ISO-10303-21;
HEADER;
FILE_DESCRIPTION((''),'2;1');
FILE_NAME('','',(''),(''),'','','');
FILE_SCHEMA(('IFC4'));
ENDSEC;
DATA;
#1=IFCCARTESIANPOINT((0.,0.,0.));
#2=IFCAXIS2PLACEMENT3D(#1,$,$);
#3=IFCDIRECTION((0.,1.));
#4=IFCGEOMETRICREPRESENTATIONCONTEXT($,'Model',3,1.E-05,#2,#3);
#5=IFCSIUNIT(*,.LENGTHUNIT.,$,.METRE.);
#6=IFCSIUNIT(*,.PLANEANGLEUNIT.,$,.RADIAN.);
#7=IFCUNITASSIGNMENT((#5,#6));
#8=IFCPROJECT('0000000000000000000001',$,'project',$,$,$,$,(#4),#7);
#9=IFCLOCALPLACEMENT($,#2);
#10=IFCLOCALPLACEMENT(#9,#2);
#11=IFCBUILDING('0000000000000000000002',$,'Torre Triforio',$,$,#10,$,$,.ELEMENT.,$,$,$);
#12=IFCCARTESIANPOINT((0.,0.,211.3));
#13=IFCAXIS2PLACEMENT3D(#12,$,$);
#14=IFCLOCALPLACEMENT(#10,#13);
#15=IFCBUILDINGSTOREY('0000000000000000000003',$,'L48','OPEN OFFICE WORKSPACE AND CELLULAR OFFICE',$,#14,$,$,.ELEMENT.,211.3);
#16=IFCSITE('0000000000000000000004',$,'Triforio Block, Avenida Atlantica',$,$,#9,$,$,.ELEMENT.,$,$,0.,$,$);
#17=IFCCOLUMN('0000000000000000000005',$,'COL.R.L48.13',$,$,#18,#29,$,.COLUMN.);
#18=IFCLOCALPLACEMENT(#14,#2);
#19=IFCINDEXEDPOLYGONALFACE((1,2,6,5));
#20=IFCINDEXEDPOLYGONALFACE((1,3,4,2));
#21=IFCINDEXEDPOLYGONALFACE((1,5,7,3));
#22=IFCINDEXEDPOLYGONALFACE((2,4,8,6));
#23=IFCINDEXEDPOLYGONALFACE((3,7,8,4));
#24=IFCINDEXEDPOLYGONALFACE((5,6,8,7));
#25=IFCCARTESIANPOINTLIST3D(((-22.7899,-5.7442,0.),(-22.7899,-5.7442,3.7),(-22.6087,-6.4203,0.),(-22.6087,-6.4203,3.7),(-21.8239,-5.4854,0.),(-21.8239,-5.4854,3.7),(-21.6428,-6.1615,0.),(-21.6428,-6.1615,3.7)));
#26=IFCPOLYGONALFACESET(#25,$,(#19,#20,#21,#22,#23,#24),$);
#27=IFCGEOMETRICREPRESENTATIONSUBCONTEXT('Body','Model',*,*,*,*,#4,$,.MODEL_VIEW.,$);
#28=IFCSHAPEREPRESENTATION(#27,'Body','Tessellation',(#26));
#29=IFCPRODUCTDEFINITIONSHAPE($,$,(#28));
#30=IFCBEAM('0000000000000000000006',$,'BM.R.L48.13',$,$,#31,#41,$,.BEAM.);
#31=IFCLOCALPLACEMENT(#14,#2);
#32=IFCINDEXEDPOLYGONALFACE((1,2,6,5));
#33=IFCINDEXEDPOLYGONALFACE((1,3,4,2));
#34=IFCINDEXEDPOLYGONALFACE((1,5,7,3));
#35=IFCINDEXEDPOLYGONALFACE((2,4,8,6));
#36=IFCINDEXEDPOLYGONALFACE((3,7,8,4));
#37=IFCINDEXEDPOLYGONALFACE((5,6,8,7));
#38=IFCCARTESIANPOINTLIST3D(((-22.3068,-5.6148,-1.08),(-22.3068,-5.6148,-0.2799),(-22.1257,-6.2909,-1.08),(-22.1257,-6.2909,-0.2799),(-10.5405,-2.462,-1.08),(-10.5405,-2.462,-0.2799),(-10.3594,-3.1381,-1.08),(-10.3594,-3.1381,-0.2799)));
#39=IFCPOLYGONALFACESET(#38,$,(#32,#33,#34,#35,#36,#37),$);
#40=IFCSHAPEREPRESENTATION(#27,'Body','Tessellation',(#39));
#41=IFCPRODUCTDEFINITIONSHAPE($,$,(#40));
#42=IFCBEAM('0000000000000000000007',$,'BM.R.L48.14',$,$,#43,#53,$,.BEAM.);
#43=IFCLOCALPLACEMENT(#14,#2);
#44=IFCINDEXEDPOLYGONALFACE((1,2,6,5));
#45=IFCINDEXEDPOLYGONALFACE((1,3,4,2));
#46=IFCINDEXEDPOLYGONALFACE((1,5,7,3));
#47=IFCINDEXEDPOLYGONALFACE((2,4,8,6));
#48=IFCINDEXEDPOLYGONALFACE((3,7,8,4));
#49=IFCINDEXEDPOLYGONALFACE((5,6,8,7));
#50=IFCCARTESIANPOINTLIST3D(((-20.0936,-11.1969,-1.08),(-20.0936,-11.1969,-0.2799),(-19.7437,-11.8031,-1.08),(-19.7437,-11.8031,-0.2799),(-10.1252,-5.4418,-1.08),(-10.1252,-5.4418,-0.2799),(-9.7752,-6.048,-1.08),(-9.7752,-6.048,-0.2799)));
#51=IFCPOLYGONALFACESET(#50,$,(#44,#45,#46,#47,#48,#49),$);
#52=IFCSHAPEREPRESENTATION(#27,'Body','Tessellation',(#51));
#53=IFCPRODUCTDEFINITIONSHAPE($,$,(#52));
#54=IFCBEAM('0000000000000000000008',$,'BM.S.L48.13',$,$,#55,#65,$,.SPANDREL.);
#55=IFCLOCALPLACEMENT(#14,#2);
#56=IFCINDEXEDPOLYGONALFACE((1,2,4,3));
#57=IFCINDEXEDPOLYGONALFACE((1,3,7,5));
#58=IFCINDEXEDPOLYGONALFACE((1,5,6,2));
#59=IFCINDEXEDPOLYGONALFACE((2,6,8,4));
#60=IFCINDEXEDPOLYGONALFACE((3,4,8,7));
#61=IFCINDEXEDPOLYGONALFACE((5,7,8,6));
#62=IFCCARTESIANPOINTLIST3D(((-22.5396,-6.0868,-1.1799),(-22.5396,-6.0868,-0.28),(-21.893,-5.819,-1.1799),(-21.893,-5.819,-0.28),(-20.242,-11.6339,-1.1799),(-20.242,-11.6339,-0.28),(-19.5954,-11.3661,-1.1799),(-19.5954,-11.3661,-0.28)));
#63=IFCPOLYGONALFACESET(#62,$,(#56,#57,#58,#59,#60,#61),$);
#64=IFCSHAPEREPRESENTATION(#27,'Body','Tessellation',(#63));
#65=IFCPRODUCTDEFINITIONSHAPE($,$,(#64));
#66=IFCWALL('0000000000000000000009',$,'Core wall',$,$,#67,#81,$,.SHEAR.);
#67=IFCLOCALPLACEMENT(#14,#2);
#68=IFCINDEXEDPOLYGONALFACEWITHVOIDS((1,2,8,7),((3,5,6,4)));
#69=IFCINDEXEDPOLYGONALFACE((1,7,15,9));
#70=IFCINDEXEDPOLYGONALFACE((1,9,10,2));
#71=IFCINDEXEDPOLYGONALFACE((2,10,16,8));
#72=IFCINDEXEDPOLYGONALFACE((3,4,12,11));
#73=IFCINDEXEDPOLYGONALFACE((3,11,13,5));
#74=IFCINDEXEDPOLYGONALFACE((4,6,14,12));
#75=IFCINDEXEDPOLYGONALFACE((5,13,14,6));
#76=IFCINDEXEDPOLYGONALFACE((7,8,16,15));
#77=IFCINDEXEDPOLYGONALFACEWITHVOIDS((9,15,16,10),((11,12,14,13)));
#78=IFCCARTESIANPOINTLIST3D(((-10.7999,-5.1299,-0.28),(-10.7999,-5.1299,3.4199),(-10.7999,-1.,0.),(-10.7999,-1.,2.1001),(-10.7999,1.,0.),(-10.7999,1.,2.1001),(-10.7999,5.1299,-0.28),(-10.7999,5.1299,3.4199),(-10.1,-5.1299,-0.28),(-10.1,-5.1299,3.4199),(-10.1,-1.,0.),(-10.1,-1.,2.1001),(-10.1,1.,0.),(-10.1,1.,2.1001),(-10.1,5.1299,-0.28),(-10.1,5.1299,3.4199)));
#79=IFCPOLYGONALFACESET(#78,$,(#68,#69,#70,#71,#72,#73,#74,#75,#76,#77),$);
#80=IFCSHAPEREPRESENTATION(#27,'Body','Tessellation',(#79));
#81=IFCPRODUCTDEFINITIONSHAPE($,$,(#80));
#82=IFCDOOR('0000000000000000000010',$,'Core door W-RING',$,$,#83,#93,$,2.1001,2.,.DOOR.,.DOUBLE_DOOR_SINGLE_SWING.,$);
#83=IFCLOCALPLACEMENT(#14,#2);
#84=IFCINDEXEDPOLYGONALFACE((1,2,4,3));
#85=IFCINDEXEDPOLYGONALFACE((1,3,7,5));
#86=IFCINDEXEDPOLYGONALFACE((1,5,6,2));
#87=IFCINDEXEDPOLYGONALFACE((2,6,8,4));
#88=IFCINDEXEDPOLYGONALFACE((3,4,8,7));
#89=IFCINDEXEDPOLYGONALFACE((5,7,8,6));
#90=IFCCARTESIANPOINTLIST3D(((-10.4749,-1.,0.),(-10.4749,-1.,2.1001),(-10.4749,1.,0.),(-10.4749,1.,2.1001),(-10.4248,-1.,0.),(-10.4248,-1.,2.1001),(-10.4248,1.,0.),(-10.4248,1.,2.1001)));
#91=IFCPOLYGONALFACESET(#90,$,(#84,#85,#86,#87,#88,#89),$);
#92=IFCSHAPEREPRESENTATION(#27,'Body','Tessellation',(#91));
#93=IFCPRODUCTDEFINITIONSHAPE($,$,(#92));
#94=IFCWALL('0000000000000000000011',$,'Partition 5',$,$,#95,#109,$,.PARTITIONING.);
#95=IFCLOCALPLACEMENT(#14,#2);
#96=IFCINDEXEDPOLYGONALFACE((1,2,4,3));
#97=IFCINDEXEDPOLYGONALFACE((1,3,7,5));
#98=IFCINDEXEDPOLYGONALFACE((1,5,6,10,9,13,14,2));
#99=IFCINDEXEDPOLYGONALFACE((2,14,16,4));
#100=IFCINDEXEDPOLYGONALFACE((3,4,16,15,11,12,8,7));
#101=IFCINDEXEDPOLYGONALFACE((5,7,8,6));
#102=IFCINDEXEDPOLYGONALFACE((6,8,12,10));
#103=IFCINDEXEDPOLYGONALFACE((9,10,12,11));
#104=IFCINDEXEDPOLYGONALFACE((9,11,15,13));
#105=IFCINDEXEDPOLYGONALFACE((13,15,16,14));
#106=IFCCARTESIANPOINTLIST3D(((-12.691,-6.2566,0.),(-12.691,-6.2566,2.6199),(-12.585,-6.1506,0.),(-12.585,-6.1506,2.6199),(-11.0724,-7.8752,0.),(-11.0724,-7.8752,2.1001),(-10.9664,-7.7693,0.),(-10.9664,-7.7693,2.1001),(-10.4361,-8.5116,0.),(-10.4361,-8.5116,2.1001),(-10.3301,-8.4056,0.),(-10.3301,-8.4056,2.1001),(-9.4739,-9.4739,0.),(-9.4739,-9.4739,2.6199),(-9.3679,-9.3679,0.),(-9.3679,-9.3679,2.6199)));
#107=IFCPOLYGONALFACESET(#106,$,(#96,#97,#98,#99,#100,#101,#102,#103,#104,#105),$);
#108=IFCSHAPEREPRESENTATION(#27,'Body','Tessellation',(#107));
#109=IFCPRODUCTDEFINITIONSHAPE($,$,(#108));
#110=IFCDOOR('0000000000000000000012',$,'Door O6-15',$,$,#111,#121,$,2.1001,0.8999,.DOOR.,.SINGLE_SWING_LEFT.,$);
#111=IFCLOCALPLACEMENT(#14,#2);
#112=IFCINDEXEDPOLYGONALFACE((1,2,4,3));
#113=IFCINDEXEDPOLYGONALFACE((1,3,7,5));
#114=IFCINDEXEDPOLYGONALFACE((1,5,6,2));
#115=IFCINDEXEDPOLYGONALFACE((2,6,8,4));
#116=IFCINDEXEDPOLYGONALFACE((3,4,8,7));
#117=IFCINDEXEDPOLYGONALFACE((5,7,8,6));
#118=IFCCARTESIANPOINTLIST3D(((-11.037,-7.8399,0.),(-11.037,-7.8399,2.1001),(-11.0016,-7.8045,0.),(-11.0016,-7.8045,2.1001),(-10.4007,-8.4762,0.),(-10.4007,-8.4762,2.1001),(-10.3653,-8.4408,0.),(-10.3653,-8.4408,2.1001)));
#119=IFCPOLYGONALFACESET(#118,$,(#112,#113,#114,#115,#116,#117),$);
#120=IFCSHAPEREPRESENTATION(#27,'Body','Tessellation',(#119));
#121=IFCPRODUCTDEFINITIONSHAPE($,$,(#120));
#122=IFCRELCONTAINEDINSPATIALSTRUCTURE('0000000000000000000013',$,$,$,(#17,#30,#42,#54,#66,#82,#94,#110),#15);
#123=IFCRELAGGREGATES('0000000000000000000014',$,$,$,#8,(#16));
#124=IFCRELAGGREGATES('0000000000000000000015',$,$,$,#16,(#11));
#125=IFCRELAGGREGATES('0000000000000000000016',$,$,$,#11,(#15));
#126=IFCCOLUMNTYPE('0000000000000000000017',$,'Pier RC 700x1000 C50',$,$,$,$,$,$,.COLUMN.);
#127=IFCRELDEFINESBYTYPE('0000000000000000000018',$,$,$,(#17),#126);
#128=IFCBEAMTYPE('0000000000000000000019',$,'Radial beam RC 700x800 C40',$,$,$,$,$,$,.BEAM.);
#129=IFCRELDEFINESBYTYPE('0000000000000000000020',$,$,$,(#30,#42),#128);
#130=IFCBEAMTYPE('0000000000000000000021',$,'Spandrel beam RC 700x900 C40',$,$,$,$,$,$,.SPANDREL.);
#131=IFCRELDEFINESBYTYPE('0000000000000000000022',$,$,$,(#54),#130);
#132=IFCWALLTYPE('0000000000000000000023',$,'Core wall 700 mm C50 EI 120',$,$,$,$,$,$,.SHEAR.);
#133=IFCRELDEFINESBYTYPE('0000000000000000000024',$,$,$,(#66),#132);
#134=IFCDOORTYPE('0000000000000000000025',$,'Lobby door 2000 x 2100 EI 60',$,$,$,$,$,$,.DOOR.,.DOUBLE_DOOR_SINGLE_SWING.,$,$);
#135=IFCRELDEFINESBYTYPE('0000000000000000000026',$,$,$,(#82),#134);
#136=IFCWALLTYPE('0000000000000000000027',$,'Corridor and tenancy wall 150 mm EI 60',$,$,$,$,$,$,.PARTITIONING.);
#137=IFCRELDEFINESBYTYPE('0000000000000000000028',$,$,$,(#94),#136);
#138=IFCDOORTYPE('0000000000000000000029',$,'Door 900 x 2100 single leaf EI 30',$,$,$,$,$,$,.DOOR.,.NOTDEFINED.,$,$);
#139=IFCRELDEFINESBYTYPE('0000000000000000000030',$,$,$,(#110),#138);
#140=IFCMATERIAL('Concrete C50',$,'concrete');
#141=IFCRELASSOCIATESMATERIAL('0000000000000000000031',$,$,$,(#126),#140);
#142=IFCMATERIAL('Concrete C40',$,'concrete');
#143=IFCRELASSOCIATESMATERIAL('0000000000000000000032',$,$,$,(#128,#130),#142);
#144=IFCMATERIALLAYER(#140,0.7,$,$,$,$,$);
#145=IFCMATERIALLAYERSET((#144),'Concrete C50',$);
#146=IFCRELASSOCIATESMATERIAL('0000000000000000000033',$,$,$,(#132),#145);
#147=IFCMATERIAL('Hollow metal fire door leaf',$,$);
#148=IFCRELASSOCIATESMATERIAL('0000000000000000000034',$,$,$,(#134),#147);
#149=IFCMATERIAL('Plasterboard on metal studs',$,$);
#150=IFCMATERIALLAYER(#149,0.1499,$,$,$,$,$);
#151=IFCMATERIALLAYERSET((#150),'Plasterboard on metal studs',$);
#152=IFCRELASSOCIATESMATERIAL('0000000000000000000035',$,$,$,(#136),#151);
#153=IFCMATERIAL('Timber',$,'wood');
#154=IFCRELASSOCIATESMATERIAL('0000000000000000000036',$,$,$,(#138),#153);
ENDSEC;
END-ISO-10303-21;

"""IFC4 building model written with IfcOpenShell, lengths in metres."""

from ifc_helpers import new_model, si_unit, direction, frame, frame_2d, origin, origin_2d, place, context, subcontext, project, spatial, rectangle, extrude, material, layer, layer_set, material_profile, profile_set, type_object, element, fill, save


model = new_model("IFC4")

# Units and contexts
model_context = context("Model", 3, precision=1e-05, world=origin(), true_north=direction((0.0, 1.0)))
body_context = subcontext(model_context, "Body", "Model", "MODEL_VIEW")
ifc_project = project(units=[si_unit("LENGTHUNIT", "METRE"), si_unit("PLANEANGLEUNIT", "RADIAN")], contexts=[model_context])

# Site, building, storey
site_placement = place(None, origin())
site = spatial("IfcSite", under=ifc_project, at=site_placement, Name="Triforio Block, Avenida Atlantica", CompositionType="ELEMENT", RefElevation=0.0)
building_placement = place(site_placement, origin())
building = spatial("IfcBuilding", under=site, at=building_placement, Name="Torre Triforio", CompositionType="ELEMENT")
storey_placement = place(building_placement, frame((0.0, 0.0, 211.3)))
storey = spatial("IfcBuildingStorey", under=building, at=storey_placement, Name="L48", Description="OPEN OFFICE WORKSPACE AND CELLULAR OFFICE", CompositionType="ELEMENT", Elevation=211.3)

# Column
ifc_material_1 = material(Name="Concrete C50", Category="concrete")
ifc_material_profile_1 = material_profile(ifc_material_1, rectangle(XDim=0.7, YDim=1.0, at=origin_2d()), Name="RC 700x1000")
ifc_profile_set_1 = profile_set([ifc_material_profile_1], Name="Concrete C50")
column_type = type_object("IfcColumnType", Name="Pier RC 700x1000 C50", PredefinedType="COLUMN", material=ifc_profile_set_1)
column_placement = place(storey_placement, frame((-22.2163, -5.9529, 0.0), z_axis=(0.0, 0.0, 1.0), x_axis=(0.258819, -0.965926, 0.0)))
element("IfcColumn", 1, at=column_placement, inside=storey, type_object=column_type, Name="COL.R.L48.13", PredefinedType="COLUMN", context=body_context, shape_type="SweptSolid", body=[
    extrude(rectangle(XDim=0.7, YDim=1.0, at=origin_2d()), origin(), (0.0, 0.0, 1.0), 3.7),
])

# Beams
ifc_material_2 = material(Name="Concrete C40", Category="concrete")
ifc_material_profile_2 = material_profile(ifc_material_2, rectangle(XDim=0.7, YDim=0.8, at=origin_2d()), Name="RC 700x800")
ifc_profile_set_2 = profile_set([ifc_material_profile_2], Name="Concrete C40")
beam_type_1 = type_object("IfcBeamType", Name="Radial beam RC 700x800 C40", PredefinedType="BEAM", material=ifc_profile_set_2)
beam_1_placement = place(storey_placement, frame((-10.45, -2.8, -0.6799), z_axis=(-0.965925, -0.258823, 0.0), x_axis=(0.258823, -0.965925, 0.0)))
element("IfcBeam", 2, at=beam_1_placement, inside=storey, type_object=beam_type_1, Name="BM.R.L48.13", PredefinedType="BEAM", context=body_context, shape_type="SweptSolid", body=[
    extrude(rectangle(XDim=0.7, YDim=0.8, at=origin_2d()), origin(), (0.0, 0.0, 1.0), 12.1814),
])
beam_2_placement = place(storey_placement, frame((-9.9502, -5.7449, -0.6799), z_axis=(-0.866033, -0.499987, 0.0), x_axis=(0.499987, -0.866033, 0.0)))
element("IfcBeam", 3, at=beam_2_placement, inside=storey, type_object=beam_type_1, Name="BM.R.L48.14", PredefinedType="BEAM", context=body_context, shape_type="SweptSolid", body=[
    extrude(rectangle(XDim=0.7, YDim=0.8, at=origin_2d()), origin(), (0.0, 0.0, 1.0), 11.5105),
])
ifc_material_profile_3 = material_profile(ifc_material_2, rectangle(XDim=0.7, YDim=0.8999, at=origin_2d()), Name="RC 700x900")
ifc_profile_set_3 = profile_set([ifc_material_profile_3], Name="Concrete C40")
beam_type_2 = type_object("IfcBeamType", Name="Spandrel beam RC 700x900 C40", PredefinedType="SPANDREL", material=ifc_profile_set_3)
beam_3_placement = place(storey_placement, frame((-22.2163, -5.9529, -0.73), z_axis=(0.382671, -0.923885, 0.0), x_axis=(0.923885, 0.382671, 0.0)))
element("IfcBeam", 4, at=beam_3_placement, inside=storey, type_object=beam_type_2, Name="BM.S.L48.13", PredefinedType="SPANDREL", context=body_context, shape_type="SweptSolid", body=[
    extrude(rectangle(XDim=0.7, YDim=0.8999, at=origin_2d()), origin(), (0.0, 0.0, 1.0), 6.0042),
])

# Walls, openings, doors
ifc_layer_1 = layer(ifc_material_1, 0.7)
ifc_layer_set_1 = layer_set([ifc_layer_1], Name="Concrete C50")
wall_type_1 = type_object("IfcWallType", Name="Core wall 700 mm C50 EI 120", PredefinedType="SHEAR", material=ifc_layer_set_1)
wall_1_placement = place(storey_placement, frame((-10.45, -5.1299, -0.28), z_axis=(0.0, 0.0, 1.0), x_axis=(0.0, 1.0, 0.0)))
wall_1 = element("IfcWall", 5, at=wall_1_placement, inside=storey, type_object=wall_type_1, Name="Core wall", PredefinedType="SHEAR", context=body_context, shape_type="SweptSolid", body=[
    extrude(rectangle(XDim=10.2598, YDim=0.7, at=frame_2d((5.1299, 0.0))), origin(), (0.0, 0.0, 1.0), 3.7),
])
opening_1_placement = place(wall_1_placement, frame((4.1299, 0.0, 0.28)))
opening_1 = element("IfcOpeningElement", 6, at=opening_1_placement, cuts=wall_1, PredefinedType="OPENING", context=body_context, shape_type="SweptSolid", body=[
    extrude(rectangle(XDim=2.0, YDim=2.1001, at=frame_2d((1.0, 1.05))), frame((0.0, 0.3599, 0.0), z_axis=(0.0, -1.0, 0.0), x_axis=(1.0, 0.0, 0.0)), (0.0, 0.0, 1.0), 0.72),
])
ifc_material_3 = material(Name="Hollow metal fire door leaf")
door_type_1 = type_object("IfcDoorType", Name="Lobby door 2000 x 2100 EI 60", OperationType="DOUBLE_DOOR_SINGLE_SWING", PredefinedType="DOOR", material=ifc_material_3)
door_1_placement = place(opening_1_placement, origin())
door_1 = element("IfcDoor", 7, at=door_1_placement, inside=storey, type_object=door_type_1, Name="Core door W-RING", OperationType="DOUBLE_DOOR_SINGLE_SWING", OverallHeight=2.1001, OverallWidth=2.0, PredefinedType="DOOR", context=body_context, shape_type="SweptSolid", body=[
    extrude(rectangle(XDim=2.0, YDim=2.1001, at=frame_2d((1.0, 1.05))), frame((0.0, 0.0249, 0.0), z_axis=(0.0, -1.0, 0.0), x_axis=(1.0, 0.0, 0.0)), (0.0, 0.0, 1.0), 0.05),
])
fill(opening_1, door_1)
ifc_material_4 = material(Name="Plasterboard on metal studs")
ifc_layer_2 = layer(ifc_material_4, 0.1499)
ifc_layer_set_2 = layer_set([ifc_layer_2], Name="Plasterboard on metal studs")
wall_type_2 = type_object("IfcWallType", Name="Corridor and tenancy wall 150 mm EI 60", PredefinedType="PARTITIONING", material=ifc_layer_set_2)
wall_2_placement = place(storey_placement, frame((-9.4209, -9.4209, 0.0), z_axis=(0.0, 0.0, 1.0), x_axis=(-0.70708, 0.707134, 0.0)))
wall_2 = element("IfcWall", 8, at=wall_2_placement, inside=storey, type_object=wall_type_2, Name="Partition 5", PredefinedType="PARTITIONING", context=body_context, shape_type="SweptSolid", body=[
    extrude(rectangle(XDim=4.5498, YDim=0.1499, at=frame_2d((2.2749, 0.0))), origin(), (0.0, 0.0, 1.0), 2.6199),
])
opening_2_placement = place(wall_2_placement, frame((1.3608, 0.0, 0.0)))
opening_2 = element("IfcOpeningElement", 9, at=opening_2_placement, cuts=wall_2, PredefinedType="OPENING", context=body_context, shape_type="SweptSolid", body=[
    extrude(rectangle(XDim=0.8999, YDim=2.1001, at=frame_2d((0.45, 1.05))), frame((0.0, 0.085, 0.0), z_axis=(0.0, -1.0, 0.0), x_axis=(1.0, 0.0, 0.0)), (0.0, 0.0, 1.0), 0.1699),
])
ifc_material_5 = material(Name="Timber", Category="wood")
door_type_2 = type_object("IfcDoorType", Name="Door 900 x 2100 single leaf EI 30", OperationType="NOTDEFINED", PredefinedType="DOOR", material=ifc_material_5)
door_2_placement = place(opening_2_placement, origin())
door_2 = element("IfcDoor", 10, at=door_2_placement, inside=storey, type_object=door_type_2, Name="Door O6-15", OperationType="SINGLE_SWING_LEFT", OverallHeight=2.1001, OverallWidth=0.8999, PredefinedType="DOOR", context=body_context, shape_type="SweptSolid", body=[
    extrude(rectangle(XDim=0.8999, YDim=2.1001, at=frame_2d((0.45, 1.05))), frame((0.0, 0.0249, 0.0), z_axis=(0.0, -1.0, 0.0), x_axis=(1.0, 0.0, 0.0)), (0.0, 0.0, 1.0), 0.05),
])
fill(opening_2, door_2)

save(model, "model.ifc")
